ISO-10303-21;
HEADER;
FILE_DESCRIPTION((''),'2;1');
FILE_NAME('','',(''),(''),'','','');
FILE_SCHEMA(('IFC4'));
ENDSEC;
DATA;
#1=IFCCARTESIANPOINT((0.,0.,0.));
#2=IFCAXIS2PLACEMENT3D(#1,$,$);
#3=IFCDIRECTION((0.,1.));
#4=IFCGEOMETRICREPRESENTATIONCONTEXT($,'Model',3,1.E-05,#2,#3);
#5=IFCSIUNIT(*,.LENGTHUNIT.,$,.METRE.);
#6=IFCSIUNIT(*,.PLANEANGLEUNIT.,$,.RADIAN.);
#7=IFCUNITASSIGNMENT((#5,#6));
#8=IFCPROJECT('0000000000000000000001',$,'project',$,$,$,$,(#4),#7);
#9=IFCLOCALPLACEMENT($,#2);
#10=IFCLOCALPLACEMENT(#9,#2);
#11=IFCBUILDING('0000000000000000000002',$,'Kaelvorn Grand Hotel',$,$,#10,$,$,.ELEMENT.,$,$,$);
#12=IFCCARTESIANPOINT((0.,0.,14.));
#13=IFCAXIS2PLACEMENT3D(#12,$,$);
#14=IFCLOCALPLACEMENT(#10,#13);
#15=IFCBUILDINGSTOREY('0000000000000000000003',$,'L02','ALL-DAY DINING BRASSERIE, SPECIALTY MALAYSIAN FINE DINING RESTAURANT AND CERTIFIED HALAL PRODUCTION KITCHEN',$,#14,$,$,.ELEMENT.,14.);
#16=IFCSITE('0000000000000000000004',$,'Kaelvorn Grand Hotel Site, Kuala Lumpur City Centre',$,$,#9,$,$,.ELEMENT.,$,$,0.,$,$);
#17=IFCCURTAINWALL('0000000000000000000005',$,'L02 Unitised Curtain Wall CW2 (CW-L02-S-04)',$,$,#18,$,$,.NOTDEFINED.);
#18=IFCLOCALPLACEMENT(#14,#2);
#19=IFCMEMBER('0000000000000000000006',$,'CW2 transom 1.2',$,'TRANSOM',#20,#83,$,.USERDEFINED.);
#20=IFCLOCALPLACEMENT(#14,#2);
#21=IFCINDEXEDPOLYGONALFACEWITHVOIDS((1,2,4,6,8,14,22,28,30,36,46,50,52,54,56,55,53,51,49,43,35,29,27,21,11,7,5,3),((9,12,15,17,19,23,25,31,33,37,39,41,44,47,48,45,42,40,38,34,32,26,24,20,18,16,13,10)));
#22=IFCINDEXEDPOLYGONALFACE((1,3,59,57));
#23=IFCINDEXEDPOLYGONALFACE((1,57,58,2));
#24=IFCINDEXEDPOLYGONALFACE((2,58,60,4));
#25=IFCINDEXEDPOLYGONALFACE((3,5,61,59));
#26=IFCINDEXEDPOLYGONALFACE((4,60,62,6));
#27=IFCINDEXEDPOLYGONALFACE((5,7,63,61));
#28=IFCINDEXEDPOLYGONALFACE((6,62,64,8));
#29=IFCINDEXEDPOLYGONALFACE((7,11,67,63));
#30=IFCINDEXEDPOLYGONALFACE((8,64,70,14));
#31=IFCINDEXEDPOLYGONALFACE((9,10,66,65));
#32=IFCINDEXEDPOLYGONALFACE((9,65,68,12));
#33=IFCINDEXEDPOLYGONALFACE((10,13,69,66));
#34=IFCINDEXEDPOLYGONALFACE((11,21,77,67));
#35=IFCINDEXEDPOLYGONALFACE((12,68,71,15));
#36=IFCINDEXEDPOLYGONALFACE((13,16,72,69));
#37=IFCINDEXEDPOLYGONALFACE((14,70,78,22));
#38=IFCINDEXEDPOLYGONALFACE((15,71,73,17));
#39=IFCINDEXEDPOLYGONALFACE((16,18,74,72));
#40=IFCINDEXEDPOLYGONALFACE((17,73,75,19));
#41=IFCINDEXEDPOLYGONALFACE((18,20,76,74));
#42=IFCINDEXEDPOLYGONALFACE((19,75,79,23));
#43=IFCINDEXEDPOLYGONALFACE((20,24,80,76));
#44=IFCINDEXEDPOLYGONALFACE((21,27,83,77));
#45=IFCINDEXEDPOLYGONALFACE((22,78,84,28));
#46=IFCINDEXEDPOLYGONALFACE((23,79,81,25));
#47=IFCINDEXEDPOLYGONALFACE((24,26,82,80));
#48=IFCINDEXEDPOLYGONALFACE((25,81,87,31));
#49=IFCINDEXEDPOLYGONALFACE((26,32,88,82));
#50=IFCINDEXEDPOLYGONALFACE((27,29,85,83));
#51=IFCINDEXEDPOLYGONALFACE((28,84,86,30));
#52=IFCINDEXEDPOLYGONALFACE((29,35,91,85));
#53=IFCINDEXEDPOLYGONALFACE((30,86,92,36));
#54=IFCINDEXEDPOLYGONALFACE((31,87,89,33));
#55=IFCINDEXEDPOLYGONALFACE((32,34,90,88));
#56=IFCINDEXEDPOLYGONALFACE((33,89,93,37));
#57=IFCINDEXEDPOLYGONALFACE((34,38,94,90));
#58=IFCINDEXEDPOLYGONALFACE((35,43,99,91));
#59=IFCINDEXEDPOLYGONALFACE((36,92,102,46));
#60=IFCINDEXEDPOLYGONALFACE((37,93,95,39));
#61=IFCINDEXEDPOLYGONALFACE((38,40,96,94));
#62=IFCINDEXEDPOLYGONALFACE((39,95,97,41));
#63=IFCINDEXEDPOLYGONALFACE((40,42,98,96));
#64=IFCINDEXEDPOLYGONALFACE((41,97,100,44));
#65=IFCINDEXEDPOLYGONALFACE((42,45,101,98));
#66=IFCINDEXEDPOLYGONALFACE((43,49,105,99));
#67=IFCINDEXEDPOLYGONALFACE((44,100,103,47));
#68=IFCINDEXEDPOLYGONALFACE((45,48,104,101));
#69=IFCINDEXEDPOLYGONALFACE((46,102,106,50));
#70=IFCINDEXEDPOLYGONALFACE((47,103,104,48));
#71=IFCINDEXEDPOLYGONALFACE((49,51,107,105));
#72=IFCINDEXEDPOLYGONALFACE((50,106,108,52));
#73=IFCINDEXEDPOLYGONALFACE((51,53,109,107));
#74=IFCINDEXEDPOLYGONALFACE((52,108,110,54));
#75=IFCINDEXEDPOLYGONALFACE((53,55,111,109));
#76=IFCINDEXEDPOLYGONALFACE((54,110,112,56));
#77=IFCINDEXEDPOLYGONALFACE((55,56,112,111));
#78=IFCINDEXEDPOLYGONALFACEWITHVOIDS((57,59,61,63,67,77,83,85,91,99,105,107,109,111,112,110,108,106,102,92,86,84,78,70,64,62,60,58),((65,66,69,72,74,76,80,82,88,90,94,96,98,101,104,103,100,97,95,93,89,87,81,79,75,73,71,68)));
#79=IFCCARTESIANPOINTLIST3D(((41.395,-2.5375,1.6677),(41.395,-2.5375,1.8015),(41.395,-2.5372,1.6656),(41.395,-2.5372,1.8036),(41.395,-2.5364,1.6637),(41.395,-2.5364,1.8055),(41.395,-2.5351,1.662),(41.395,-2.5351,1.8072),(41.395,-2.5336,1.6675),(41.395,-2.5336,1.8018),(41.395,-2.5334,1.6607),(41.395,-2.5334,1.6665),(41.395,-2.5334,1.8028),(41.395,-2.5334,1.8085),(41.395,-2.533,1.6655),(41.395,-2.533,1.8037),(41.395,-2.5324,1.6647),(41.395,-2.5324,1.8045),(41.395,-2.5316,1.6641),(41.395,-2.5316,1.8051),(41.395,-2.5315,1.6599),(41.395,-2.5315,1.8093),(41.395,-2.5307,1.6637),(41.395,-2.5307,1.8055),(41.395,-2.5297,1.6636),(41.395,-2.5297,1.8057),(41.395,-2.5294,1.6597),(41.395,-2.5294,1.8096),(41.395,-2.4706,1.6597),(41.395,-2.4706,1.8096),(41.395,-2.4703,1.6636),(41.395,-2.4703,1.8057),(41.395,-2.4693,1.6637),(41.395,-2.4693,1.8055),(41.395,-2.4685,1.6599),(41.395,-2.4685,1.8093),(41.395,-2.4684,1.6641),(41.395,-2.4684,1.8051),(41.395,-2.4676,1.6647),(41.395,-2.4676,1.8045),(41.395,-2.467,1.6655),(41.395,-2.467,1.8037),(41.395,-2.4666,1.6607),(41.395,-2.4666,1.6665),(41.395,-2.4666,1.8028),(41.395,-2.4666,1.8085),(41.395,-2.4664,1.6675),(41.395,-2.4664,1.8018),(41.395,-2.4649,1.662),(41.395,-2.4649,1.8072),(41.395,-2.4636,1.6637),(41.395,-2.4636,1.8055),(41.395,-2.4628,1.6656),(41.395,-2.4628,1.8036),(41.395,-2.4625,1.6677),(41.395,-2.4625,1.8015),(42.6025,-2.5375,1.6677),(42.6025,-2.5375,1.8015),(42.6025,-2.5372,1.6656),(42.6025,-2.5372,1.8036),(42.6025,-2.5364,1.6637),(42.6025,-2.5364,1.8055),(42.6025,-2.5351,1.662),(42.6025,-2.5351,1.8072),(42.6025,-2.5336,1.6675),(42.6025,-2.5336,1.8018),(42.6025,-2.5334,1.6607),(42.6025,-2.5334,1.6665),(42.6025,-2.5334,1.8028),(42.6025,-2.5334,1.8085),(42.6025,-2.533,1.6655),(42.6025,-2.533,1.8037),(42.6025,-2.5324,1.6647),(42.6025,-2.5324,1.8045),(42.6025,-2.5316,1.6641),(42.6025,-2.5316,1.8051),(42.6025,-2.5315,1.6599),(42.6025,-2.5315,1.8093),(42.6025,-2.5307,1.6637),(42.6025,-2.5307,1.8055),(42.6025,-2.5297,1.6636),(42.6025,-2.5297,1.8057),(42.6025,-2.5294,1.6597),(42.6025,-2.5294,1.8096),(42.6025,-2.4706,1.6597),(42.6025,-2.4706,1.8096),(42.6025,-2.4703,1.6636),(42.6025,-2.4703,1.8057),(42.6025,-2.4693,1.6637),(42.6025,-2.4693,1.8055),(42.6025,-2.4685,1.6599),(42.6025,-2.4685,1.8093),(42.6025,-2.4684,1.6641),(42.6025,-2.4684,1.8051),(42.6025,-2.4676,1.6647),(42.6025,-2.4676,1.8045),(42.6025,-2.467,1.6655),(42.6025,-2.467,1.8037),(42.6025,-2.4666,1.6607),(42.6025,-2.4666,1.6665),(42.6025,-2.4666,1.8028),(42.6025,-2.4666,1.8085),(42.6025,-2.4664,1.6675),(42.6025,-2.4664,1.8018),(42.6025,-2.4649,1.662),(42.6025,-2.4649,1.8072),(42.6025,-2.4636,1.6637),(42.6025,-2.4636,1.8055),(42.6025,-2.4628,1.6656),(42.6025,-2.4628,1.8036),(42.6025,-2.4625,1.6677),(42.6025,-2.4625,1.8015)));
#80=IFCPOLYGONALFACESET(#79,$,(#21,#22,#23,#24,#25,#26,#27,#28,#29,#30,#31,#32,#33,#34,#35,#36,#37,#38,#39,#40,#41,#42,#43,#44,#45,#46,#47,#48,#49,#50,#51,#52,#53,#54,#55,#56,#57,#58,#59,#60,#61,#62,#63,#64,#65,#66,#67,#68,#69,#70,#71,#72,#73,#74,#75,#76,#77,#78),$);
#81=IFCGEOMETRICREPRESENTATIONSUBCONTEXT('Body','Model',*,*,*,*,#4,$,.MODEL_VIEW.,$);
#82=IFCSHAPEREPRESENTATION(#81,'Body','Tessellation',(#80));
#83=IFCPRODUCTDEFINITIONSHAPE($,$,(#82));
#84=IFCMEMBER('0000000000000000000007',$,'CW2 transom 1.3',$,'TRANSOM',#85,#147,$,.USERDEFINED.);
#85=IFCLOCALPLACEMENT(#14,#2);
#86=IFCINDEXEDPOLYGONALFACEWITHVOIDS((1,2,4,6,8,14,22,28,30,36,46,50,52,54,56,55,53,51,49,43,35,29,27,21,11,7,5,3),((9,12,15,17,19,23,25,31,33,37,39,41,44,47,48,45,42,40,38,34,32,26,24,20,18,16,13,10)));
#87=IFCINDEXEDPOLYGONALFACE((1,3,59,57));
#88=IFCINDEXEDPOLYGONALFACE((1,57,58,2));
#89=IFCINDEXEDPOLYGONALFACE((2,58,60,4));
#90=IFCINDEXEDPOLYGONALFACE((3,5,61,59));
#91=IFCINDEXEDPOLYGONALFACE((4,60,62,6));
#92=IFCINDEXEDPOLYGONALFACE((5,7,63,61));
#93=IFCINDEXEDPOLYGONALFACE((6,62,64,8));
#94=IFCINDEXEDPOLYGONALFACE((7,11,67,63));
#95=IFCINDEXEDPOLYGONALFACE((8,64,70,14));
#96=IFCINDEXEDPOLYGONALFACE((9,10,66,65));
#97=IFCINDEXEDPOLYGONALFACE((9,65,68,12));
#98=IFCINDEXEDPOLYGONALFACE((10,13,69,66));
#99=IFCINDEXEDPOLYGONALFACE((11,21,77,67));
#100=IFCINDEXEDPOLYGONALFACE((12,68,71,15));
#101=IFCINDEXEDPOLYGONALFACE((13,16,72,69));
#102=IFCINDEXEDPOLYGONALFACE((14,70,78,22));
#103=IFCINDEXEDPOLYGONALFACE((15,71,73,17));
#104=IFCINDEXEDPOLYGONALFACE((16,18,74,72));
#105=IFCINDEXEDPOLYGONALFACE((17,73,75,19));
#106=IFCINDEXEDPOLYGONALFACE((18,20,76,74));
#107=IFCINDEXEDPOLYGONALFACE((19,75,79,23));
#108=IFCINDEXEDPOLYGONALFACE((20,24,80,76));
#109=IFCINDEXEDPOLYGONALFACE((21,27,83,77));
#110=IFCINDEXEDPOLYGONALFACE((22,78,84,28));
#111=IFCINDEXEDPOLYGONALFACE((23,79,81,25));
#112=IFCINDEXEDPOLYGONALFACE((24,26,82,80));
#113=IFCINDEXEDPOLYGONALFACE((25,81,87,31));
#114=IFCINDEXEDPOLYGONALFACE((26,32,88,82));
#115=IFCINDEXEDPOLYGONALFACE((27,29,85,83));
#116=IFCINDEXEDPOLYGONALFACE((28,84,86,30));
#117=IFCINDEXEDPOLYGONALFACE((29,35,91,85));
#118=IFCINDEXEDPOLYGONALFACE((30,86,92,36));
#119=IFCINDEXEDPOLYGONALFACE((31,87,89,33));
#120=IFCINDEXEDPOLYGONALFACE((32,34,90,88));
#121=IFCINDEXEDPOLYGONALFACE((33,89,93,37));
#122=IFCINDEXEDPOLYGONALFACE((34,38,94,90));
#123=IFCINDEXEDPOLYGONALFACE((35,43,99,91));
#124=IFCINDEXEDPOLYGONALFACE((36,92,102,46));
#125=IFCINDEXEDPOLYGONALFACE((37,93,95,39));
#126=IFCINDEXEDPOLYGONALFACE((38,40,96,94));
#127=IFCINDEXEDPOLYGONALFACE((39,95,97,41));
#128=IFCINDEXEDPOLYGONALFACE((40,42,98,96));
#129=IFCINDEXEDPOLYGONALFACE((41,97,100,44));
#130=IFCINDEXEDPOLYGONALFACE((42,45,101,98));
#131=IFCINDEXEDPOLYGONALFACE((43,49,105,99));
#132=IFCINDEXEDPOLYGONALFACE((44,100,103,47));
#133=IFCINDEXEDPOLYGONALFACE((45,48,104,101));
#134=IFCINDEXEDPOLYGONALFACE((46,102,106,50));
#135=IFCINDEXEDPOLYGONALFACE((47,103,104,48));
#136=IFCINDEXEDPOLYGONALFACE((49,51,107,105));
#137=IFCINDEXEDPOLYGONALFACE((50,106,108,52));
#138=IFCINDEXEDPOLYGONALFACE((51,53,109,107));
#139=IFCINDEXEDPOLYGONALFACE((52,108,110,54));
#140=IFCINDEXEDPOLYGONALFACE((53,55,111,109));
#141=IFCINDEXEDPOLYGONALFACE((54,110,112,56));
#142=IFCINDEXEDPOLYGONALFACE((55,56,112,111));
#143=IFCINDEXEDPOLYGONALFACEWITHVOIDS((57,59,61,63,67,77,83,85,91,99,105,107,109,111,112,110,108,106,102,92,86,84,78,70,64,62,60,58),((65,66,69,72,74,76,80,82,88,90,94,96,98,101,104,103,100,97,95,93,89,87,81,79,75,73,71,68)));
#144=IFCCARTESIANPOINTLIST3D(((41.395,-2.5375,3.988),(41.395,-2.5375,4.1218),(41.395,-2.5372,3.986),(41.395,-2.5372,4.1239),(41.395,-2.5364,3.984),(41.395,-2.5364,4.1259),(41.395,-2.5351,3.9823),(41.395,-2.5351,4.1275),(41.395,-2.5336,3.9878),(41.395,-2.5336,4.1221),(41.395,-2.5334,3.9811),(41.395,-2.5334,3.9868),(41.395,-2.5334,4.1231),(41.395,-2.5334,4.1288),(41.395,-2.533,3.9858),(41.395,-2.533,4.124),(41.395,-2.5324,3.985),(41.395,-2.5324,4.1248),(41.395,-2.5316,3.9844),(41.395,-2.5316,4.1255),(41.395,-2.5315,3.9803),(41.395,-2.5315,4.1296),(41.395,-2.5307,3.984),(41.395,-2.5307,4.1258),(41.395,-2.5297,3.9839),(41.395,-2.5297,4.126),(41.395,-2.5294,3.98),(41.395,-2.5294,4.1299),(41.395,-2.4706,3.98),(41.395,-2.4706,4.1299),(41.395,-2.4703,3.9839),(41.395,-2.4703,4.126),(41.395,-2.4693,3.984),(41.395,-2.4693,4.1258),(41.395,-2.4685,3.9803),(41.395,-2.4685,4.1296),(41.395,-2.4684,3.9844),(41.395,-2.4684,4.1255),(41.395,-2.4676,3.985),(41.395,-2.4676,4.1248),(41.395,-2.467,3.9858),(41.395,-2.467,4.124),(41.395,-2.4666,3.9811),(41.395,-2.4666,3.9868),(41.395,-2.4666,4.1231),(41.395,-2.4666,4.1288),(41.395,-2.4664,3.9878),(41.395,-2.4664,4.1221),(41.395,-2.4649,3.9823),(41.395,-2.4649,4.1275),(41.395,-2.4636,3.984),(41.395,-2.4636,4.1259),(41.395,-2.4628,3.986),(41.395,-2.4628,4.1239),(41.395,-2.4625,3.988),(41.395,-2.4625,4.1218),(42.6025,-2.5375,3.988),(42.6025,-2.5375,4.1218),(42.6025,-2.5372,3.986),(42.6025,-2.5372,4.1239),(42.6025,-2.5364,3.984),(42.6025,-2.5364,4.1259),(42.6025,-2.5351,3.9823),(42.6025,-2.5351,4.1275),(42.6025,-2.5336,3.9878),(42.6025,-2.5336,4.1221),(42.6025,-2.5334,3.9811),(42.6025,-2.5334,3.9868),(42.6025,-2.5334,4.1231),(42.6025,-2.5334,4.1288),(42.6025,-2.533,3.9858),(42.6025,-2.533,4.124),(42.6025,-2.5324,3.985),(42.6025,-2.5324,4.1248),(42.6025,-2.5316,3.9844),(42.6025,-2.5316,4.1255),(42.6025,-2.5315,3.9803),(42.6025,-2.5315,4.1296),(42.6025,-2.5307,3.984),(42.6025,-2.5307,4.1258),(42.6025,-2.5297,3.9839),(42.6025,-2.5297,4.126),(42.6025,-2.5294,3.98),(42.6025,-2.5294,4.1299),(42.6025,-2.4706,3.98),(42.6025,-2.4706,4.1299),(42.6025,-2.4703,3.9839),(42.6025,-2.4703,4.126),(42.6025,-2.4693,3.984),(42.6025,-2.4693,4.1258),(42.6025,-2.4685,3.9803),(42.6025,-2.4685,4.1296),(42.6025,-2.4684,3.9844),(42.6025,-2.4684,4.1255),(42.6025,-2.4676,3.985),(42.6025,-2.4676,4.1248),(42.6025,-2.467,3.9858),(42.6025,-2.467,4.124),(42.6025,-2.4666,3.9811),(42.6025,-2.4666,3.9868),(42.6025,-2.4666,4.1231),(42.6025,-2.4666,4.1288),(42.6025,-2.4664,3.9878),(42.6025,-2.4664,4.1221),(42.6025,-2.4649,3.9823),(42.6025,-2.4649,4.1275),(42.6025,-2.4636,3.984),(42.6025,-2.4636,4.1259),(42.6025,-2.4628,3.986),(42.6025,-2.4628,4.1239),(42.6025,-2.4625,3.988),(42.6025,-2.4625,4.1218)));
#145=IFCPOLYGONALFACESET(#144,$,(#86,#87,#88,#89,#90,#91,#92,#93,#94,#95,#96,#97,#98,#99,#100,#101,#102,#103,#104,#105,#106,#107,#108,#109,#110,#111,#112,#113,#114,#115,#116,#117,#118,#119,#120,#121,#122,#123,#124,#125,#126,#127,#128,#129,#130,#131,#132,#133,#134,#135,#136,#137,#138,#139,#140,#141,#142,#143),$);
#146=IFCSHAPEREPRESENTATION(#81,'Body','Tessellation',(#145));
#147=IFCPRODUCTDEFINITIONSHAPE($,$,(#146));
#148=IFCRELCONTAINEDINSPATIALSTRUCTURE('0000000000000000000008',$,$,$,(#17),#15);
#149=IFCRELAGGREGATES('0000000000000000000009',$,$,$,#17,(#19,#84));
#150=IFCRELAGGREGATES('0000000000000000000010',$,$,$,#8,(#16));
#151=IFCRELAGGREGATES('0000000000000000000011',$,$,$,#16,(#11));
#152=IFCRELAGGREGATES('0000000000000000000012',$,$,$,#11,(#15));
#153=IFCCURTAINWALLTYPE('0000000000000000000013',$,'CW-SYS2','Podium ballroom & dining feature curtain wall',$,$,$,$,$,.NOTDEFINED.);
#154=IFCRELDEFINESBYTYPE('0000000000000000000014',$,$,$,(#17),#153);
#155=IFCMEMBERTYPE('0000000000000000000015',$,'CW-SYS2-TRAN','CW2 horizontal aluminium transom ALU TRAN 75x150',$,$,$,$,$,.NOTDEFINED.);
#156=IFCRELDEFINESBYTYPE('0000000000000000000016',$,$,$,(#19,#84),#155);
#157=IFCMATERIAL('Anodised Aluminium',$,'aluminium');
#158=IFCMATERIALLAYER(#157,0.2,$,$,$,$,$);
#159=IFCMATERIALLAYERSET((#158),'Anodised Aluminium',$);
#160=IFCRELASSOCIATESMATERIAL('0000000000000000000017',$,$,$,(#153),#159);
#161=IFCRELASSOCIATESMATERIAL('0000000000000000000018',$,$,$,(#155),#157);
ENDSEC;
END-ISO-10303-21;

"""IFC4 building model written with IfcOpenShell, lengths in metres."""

from ifc_helpers import new_model, si_unit, direction, frame, origin, origin_2d, place, context, subcontext, project, spatial, hollow_rectangle, extrude, material, layer, layer_set, material_profile, profile_set, type_object, element, aggregate, save


model = new_model("IFC4")

# Units and contexts
model_context = context("Model", 3, precision=1e-05, world=origin(), true_north=direction((0.0, 1.0)))
body_context = subcontext(model_context, "Body", "Model", "MODEL_VIEW")
ifc_project = project(units=[si_unit("LENGTHUNIT", "METRE"), si_unit("PLANEANGLEUNIT", "RADIAN")], contexts=[model_context])

# Site, building, storey
site_placement = place(None, origin())
site = spatial("IfcSite", under=ifc_project, at=site_placement, Name="Kaelvorn Grand Hotel Site, Kuala Lumpur City Centre", CompositionType="ELEMENT", RefElevation=0.0)
building_placement = place(site_placement, origin())
building = spatial("IfcBuilding", under=site, at=building_placement, Name="Kaelvorn Grand Hotel", CompositionType="ELEMENT")
storey_placement = place(building_placement, frame((0.0, 0.0, 14.0)))
storey = spatial("IfcBuildingStorey", under=building, at=storey_placement, Name="L02", Description="ALL-DAY DINING BRASSERIE, SPECIALTY MALAYSIAN FINE DINING RESTAURANT AND CERTIFIED HALAL PRODUCTION KITCHEN", CompositionType="ELEMENT", Elevation=14.0)

# Curtain wall
ifc_material_1 = material(Name="Anodised Aluminium", Category="aluminium")
ifc_layer_1 = layer(ifc_material_1, 0.2)
ifc_layer_set_1 = layer_set([ifc_layer_1], Name="Anodised Aluminium")
curtain_wall_type = type_object("IfcCurtainWallType", Name="CW-SYS2", Description="Podium ballroom & dining feature curtain wall", PredefinedType="NOTDEFINED", material=ifc_layer_set_1)
curtain_wall_1_placement = place(storey_placement, origin())
curtain_wall_1 = element("IfcCurtainWall", 1, at=curtain_wall_1_placement, inside=storey, type_object=curtain_wall_type, Name="L02 Unitised Curtain Wall CW2 (CW-L02-S-04)", PredefinedType="NOTDEFINED")

# Members
ifc_material_profile_1 = material_profile(ifc_material_1, hollow_rectangle(XDim=0.075, YDim=0.1499, WallThickness=0.0039, InnerFilletRadius=0.0039, OuterFilletRadius=0.0081, at=origin_2d()), Name="ALU TRAN 75x150")
ifc_profile_set_1 = profile_set([ifc_material_profile_1], Name="Anodised Aluminium")
member_type_1 = type_object("IfcMemberType", Name="CW-SYS2-TRAN", Description="CW2 horizontal aluminium transom ALU TRAN 75x150", PredefinedType="NOTDEFINED", material=ifc_profile_set_1)
member_1_placement = place(storey_placement, frame((41.395, -2.5, 1.7346), z_axis=(1.0, 0.0, 0.0), x_axis=(0.0, 1.0, 0.0)))
member_1 = element("IfcMember", 2, at=member_1_placement, type_object=member_type_1, Name="CW2 transom 1.2", ObjectType="TRANSOM", PredefinedType="USERDEFINED", context=body_context, shape_type="SweptSolid", body=[
    extrude(hollow_rectangle(XDim=0.075, YDim=0.1499, WallThickness=0.0039, InnerFilletRadius=0.0039, OuterFilletRadius=0.0081, at=origin_2d()), origin(), (0.0, 0.0, 1.0), 1.2075),
])
member_2_placement = place(storey_placement, frame((41.395, -2.5, 4.0549), z_axis=(1.0, 0.0, 0.0), x_axis=(0.0, 1.0, 0.0)))
member_2 = element("IfcMember", 3, at=member_2_placement, type_object=member_type_1, Name="CW2 transom 1.3", ObjectType="TRANSOM", PredefinedType="USERDEFINED", context=body_context, shape_type="SweptSolid", body=[
    extrude(hollow_rectangle(XDim=0.075, YDim=0.1499, WallThickness=0.0039, InnerFilletRadius=0.0039, OuterFilletRadius=0.0081, at=origin_2d()), origin(), (0.0, 0.0, 1.0), 1.2075),
])

aggregate(curtain_wall_1, [member_1, member_2])

save(model, "model.ifc")
